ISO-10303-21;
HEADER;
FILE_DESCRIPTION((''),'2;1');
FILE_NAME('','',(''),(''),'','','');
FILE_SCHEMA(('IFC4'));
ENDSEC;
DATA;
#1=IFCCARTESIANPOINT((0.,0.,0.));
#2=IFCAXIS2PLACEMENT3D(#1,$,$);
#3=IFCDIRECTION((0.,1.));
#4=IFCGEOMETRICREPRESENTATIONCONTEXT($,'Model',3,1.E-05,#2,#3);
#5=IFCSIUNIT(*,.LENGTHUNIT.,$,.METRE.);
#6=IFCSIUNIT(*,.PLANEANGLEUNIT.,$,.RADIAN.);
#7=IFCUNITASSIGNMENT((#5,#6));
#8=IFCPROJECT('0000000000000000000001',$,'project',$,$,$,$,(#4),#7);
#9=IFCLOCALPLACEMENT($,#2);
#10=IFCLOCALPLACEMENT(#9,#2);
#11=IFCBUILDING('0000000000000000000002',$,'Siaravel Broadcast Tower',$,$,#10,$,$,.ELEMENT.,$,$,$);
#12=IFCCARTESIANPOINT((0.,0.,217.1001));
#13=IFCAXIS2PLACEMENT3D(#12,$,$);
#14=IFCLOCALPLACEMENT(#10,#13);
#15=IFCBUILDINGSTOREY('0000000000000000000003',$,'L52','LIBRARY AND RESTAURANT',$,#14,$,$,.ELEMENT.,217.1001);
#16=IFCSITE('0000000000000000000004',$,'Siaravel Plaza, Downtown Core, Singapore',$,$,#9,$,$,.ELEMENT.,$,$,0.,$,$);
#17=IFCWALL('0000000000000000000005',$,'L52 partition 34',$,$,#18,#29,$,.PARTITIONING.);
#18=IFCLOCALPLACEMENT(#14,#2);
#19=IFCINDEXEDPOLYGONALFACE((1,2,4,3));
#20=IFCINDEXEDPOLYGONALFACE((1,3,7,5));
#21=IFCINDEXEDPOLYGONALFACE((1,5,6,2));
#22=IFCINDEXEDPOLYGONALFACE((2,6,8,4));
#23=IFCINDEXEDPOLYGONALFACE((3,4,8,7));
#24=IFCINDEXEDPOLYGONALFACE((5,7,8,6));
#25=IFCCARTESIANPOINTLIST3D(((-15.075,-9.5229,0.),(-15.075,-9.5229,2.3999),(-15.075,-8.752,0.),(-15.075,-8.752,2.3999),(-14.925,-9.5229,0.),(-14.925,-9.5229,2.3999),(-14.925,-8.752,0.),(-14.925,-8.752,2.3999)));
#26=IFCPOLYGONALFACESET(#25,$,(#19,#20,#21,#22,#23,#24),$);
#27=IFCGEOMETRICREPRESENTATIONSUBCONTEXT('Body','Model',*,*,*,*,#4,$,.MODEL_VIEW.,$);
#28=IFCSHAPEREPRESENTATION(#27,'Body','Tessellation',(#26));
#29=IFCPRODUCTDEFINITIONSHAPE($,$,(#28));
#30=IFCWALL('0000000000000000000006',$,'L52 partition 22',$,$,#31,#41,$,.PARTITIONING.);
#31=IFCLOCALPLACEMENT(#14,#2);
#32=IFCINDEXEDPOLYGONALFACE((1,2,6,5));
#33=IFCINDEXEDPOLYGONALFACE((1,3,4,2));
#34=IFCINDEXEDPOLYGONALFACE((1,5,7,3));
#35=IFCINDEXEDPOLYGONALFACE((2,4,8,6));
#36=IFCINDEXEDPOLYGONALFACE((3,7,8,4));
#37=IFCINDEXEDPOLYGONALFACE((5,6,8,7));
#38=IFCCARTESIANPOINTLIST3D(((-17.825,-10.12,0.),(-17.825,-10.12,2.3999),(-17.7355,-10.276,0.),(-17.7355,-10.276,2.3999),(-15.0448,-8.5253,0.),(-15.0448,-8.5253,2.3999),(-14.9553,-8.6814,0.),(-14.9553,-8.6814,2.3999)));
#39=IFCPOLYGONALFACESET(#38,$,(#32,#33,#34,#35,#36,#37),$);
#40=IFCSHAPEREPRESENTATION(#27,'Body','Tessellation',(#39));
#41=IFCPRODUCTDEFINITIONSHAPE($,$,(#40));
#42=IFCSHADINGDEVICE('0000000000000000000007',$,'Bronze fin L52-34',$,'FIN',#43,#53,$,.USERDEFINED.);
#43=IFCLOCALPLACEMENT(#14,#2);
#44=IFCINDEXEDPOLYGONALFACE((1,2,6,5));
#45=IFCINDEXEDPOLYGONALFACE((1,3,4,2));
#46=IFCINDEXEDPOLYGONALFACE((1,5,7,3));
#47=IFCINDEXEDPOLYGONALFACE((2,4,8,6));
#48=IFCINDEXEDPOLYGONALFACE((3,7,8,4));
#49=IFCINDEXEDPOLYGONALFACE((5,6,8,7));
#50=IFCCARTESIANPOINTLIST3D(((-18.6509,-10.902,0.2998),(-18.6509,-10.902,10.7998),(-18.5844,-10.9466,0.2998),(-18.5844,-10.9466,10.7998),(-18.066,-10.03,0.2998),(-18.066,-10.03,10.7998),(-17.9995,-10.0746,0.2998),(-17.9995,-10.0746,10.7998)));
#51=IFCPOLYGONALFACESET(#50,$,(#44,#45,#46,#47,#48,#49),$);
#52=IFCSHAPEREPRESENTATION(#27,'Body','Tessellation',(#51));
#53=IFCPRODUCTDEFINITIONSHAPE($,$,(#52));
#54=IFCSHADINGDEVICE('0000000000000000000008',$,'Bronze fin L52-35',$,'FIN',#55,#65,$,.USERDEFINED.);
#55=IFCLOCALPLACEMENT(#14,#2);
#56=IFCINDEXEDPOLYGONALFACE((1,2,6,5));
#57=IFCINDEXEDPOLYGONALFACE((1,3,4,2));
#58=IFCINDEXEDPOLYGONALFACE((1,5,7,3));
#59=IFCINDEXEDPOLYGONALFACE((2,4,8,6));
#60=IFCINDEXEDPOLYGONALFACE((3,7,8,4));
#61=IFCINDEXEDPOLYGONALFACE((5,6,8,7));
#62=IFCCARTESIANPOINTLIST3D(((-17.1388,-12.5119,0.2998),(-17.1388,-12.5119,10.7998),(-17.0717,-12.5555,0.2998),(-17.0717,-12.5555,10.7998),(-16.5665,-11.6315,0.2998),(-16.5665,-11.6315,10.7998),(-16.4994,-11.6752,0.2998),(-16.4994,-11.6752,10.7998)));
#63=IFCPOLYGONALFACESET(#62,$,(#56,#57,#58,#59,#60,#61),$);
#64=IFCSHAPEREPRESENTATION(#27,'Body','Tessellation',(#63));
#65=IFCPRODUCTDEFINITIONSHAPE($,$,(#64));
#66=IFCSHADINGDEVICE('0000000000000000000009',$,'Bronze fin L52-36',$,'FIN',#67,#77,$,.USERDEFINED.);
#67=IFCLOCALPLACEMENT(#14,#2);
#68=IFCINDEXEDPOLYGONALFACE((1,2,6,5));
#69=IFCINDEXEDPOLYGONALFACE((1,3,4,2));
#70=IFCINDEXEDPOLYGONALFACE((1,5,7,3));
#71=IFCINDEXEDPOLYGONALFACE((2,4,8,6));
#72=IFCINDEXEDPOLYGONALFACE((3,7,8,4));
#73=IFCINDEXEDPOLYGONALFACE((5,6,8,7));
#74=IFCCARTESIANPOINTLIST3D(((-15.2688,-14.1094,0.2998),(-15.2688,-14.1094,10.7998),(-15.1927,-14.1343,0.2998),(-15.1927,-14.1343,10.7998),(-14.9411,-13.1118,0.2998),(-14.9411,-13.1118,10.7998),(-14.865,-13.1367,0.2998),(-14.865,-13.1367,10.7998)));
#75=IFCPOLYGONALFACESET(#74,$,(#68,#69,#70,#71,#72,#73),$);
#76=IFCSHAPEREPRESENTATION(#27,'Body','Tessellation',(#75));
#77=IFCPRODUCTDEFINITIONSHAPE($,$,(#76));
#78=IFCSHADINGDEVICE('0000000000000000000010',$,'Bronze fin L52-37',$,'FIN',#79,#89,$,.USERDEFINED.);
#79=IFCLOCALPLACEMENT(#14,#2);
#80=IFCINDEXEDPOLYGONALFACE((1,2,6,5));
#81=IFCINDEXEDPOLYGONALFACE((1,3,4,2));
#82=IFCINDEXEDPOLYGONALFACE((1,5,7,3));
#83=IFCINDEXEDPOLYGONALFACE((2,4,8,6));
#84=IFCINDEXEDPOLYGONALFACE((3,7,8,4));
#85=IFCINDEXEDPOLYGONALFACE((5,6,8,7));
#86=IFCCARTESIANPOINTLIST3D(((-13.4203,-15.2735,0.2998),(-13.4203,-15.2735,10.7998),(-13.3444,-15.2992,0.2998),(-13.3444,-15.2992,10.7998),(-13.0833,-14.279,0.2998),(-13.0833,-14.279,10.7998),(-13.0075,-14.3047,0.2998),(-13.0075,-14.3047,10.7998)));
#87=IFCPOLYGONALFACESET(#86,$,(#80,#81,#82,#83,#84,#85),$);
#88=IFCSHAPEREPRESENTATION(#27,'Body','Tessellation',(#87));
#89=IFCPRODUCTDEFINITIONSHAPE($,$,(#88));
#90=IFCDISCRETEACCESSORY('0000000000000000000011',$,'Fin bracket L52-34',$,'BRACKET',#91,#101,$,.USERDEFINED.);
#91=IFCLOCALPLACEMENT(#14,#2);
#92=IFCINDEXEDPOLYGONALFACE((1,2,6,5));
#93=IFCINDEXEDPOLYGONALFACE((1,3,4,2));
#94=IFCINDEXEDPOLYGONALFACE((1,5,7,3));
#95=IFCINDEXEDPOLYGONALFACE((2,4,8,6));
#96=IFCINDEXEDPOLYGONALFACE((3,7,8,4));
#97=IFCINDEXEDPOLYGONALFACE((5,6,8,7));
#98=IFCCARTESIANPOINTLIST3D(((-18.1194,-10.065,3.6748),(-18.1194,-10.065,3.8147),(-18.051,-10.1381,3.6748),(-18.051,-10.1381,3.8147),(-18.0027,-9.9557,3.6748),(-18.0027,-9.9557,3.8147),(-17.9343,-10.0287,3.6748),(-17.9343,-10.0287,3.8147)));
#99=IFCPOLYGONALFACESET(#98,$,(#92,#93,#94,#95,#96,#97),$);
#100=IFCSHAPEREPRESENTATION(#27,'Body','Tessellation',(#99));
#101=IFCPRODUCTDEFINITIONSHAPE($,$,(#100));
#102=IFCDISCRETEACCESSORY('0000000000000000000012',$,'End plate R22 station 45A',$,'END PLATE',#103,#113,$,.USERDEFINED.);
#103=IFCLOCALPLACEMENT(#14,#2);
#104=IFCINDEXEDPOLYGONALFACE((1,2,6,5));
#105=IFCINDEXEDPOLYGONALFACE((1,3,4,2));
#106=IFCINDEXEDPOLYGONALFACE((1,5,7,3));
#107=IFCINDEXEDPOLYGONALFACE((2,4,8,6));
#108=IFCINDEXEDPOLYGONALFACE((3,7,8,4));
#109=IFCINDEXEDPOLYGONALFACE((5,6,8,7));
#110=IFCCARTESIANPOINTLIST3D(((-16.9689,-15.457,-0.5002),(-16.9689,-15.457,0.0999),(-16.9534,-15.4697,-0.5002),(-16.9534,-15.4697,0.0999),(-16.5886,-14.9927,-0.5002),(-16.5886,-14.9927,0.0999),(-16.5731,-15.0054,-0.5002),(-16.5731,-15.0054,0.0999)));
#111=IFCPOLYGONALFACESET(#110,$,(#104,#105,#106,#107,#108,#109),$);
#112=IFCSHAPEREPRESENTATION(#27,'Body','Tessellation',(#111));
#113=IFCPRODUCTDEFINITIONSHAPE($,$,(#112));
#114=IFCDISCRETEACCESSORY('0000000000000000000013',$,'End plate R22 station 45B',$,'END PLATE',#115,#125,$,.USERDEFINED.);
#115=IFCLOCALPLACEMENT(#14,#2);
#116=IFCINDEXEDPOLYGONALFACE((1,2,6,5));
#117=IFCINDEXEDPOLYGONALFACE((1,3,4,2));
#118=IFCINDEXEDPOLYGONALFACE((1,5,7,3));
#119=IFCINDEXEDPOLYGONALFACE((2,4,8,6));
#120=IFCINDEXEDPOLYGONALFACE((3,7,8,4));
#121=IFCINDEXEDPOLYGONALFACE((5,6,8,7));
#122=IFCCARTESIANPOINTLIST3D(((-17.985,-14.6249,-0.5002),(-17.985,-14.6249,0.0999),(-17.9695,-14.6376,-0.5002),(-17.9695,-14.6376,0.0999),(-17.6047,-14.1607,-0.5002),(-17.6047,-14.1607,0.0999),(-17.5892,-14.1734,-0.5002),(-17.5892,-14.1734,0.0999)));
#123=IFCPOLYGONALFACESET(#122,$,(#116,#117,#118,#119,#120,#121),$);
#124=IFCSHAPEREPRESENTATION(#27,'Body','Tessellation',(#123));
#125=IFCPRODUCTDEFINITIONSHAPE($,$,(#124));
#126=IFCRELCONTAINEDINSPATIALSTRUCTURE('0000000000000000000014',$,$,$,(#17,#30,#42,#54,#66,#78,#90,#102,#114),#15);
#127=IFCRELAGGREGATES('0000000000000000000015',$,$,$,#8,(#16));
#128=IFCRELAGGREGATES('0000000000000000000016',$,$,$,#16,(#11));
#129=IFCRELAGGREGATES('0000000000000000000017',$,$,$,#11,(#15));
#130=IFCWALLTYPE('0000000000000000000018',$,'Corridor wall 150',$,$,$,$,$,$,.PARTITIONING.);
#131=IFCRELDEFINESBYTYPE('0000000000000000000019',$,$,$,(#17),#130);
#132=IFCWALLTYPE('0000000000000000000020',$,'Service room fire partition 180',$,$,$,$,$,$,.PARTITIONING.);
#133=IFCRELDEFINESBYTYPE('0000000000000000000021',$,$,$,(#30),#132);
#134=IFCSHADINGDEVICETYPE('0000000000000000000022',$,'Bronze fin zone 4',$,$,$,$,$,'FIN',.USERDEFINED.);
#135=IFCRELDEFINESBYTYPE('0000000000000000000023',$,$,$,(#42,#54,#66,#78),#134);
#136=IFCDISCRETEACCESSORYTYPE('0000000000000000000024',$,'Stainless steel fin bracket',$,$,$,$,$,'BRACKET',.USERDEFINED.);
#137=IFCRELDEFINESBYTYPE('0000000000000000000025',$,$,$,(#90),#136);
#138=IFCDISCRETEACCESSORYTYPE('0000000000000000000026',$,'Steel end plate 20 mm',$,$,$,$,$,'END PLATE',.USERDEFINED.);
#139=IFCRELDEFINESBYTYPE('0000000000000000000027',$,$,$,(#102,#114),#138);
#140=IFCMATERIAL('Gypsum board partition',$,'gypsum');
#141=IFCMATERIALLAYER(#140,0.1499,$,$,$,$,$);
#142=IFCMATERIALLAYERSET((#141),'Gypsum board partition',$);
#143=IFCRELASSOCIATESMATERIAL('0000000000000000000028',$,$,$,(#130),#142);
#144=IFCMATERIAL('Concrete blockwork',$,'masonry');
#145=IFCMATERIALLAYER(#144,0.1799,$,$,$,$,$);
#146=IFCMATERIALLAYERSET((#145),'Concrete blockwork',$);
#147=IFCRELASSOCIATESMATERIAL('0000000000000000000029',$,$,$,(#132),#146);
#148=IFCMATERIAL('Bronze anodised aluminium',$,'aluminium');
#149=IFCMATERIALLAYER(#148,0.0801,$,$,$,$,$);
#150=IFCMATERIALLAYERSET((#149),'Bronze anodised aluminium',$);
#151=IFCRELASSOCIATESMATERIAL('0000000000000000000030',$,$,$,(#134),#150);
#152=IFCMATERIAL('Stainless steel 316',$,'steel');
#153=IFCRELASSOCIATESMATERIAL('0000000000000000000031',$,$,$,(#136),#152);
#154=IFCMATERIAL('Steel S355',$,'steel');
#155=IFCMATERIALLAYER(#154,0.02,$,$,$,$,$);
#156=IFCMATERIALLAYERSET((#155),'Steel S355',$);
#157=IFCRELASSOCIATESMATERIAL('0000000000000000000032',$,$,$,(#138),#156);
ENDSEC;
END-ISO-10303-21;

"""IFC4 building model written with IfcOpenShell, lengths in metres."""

from ifc_helpers import new_model, si_unit, direction, frame, frame_2d, origin, origin_2d, place, context, subcontext, project, spatial, rectangle, extrude, material, layer, layer_set, type_object, element, save


model = new_model("IFC4")

# Units and contexts
model_context = context("Model", 3, precision=1e-05, world=origin(), true_north=direction((0.0, 1.0)))
body_context = subcontext(model_context, "Body", "Model", "MODEL_VIEW")
ifc_project = project(units=[si_unit("LENGTHUNIT", "METRE"), si_unit("PLANEANGLEUNIT", "RADIAN")], contexts=[model_context])

# Site, building, storey
site_placement = place(None, origin())
site = spatial("IfcSite", under=ifc_project, at=site_placement, Name="Siaravel Plaza, Downtown Core, Singapore", CompositionType="ELEMENT", RefElevation=0.0)
building_placement = place(site_placement, origin())
building = spatial("IfcBuilding", under=site, at=building_placement, Name="Siaravel Broadcast Tower", CompositionType="ELEMENT")
storey_placement = place(building_placement, frame((0.0, 0.0, 217.1001)))
storey = spatial("IfcBuildingStorey", under=building, at=storey_placement, Name="L52", Description="LIBRARY AND RESTAURANT", CompositionType="ELEMENT", Elevation=217.1001)

# Shared definitions
ifc_material_1 = material(Name="Steel S355", Category="steel")

# Shared definitions
ifc_material_2 = material(Name="Gypsum board partition", Category="gypsum")
ifc_layer_1 = layer(ifc_material_2, 0.1499)
ifc_layer_set_1 = layer_set([ifc_layer_1], Name="Gypsum board partition")
wall_type_1 = type_object("IfcWallType", Name="Corridor wall 150", PredefinedType="PARTITIONING", material=ifc_layer_set_1)

# Walls
wall_1_placement = place(storey_placement, frame((-15.0, -8.752, 0.0), z_axis=(0.0, 0.0, 1.0), x_axis=(0.0, -1.0, 0.0)))
element("IfcWall", 1, at=wall_1_placement, inside=storey, type_object=wall_type_1, Name="L52 partition 34", PredefinedType="PARTITIONING", context=body_context, shape_type="SweptSolid", body=[
    extrude(rectangle(XDim=0.771, YDim=0.1499, at=frame_2d((0.3855, 0.0))), origin(), (0.0, 0.0, 1.0), 2.3999),
])
ifc_material_3 = material(Name="Concrete blockwork", Category="masonry")
ifc_layer_2 = layer(ifc_material_3, 0.1799)
ifc_layer_set_2 = layer_set([ifc_layer_2], Name="Concrete blockwork")
wall_type_2 = type_object("IfcWallType", Name="Service room fire partition 180", PredefinedType="PARTITIONING", material=ifc_layer_set_2)
wall_2_placement = place(storey_placement, frame((-17.7803, -10.198, 0.0), z_axis=(0.0, 0.0, 1.0), x_axis=(0.867436, 0.497549, 0.0)))
element("IfcWall", 2, at=wall_2_placement, inside=storey, type_object=wall_type_2, Name="L52 partition 22", PredefinedType="PARTITIONING", context=body_context, shape_type="SweptSolid", body=[
    extrude(rectangle(XDim=3.2051, YDim=0.1799, at=frame_2d((1.6025, 0.0))), origin(), (0.0, 0.0, 1.0), 2.3999),
])

# Shading devices
ifc_material_4 = material(Name="Bronze anodised aluminium", Category="aluminium")
ifc_layer_3 = layer(ifc_material_4, 0.0801)
ifc_layer_set_3 = layer_set([ifc_layer_3], Name="Bronze anodised aluminium")
shading_device_type = type_object("IfcShadingDeviceType", Name="Bronze fin zone 4", ElementType="FIN", PredefinedType="USERDEFINED", material=ifc_layer_set_3)
for number, where, z_axis, x_axis, name in (
    (3, (-18.3252, -10.4883, 0.2998), (0.0, 0.0, 1.0), (-0.557102, -0.830444, 0.0), "Bronze fin L52-34"),
    (4, (-16.8191, -12.0935, 0.2998), (0.0, 0.0, 1.0), (-0.545059, -0.838398, 0.0), "Bronze fin L52-35"),
    (5, (-15.0669, -13.623, 0.2998), (0.0, 0.0, 1.0), (-0.312094, -0.950051, 0.0), "Bronze fin L52-36"),
    (6, (-13.2139, -14.7891, 0.2998), (0.0, 0.0, 1.0), (-0.320907, -0.947111, 0.0), "Bronze fin L52-37"),
):
    element("IfcShadingDevice", number, at=place(storey_placement, frame(where, z_axis=z_axis, x_axis=x_axis)), inside=storey, type_object=shading_device_type, Name=name, ObjectType="FIN", PredefinedType="USERDEFINED", context=body_context, shape_type="SweptSolid", body=[
        extrude(rectangle(XDim=1.05, YDim=0.0801, at=origin_2d()), origin(), (0.0, 0.0, 1.0), 10.5),
    ])

# Discrete accessories
ifc_material_5 = material(Name="Stainless steel 316", Category="steel")
discrete_accessory_type_1 = type_object("IfcDiscreteAccessoryType", Name="Stainless steel fin bracket", ElementType="BRACKET", PredefinedType="USERDEFINED", material=ifc_material_5)
discrete_accessory_placement = place(storey_placement, frame((-18.0269, -10.0469, 3.6748), z_axis=(0.0, 0.0, 1.0), x_axis=(-0.729806, -0.683655, 0.0)))
element("IfcDiscreteAccessory", 7, at=discrete_accessory_placement, inside=storey, type_object=discrete_accessory_type_1, Name="Fin bracket L52-34", ObjectType="BRACKET", PredefinedType="USERDEFINED", context=body_context, shape_type="SweptSolid", body=[
    extrude(rectangle(XDim=0.1599, YDim=0.1001, at=origin_2d()), origin(), (0.0, 0.0, 1.0), 0.1399),
])
ifc_layer_4 = layer(ifc_material_1, 0.02)
ifc_layer_set_4 = layer_set([ifc_layer_4], Name="Steel S355")
discrete_accessory_type_2 = type_object("IfcDiscreteAccessoryType", Name="Steel end plate 20 mm", ElementType="END PLATE", PredefinedType="USERDEFINED", material=ifc_layer_set_4)
for number, where, z_axis, x_axis, name in (
    (8, (-16.771, -15.2312, -0.5002), (0.0, 0.0, 1.0), (0.773606, -0.633667, 0.0), "End plate R22 station 45A"),
    (9, (-17.7871, -14.3992, -0.5002), (0.0, 0.0, 1.0), (0.773606, -0.633667, 0.0), "End plate R22 station 45B"),
):
    element("IfcDiscreteAccessory", number, at=place(storey_placement, frame(where, z_axis=z_axis, x_axis=x_axis)), inside=storey, type_object=discrete_accessory_type_2, Name=name, ObjectType="END PLATE", PredefinedType="USERDEFINED", context=body_context, shape_type="SweptSolid", body=[
        extrude(rectangle(XDim=0.02, YDim=0.6001, at=origin_2d()), origin(), (0.0, 0.0, 1.0), 0.6001),
    ])

save(model, "model.ifc")
